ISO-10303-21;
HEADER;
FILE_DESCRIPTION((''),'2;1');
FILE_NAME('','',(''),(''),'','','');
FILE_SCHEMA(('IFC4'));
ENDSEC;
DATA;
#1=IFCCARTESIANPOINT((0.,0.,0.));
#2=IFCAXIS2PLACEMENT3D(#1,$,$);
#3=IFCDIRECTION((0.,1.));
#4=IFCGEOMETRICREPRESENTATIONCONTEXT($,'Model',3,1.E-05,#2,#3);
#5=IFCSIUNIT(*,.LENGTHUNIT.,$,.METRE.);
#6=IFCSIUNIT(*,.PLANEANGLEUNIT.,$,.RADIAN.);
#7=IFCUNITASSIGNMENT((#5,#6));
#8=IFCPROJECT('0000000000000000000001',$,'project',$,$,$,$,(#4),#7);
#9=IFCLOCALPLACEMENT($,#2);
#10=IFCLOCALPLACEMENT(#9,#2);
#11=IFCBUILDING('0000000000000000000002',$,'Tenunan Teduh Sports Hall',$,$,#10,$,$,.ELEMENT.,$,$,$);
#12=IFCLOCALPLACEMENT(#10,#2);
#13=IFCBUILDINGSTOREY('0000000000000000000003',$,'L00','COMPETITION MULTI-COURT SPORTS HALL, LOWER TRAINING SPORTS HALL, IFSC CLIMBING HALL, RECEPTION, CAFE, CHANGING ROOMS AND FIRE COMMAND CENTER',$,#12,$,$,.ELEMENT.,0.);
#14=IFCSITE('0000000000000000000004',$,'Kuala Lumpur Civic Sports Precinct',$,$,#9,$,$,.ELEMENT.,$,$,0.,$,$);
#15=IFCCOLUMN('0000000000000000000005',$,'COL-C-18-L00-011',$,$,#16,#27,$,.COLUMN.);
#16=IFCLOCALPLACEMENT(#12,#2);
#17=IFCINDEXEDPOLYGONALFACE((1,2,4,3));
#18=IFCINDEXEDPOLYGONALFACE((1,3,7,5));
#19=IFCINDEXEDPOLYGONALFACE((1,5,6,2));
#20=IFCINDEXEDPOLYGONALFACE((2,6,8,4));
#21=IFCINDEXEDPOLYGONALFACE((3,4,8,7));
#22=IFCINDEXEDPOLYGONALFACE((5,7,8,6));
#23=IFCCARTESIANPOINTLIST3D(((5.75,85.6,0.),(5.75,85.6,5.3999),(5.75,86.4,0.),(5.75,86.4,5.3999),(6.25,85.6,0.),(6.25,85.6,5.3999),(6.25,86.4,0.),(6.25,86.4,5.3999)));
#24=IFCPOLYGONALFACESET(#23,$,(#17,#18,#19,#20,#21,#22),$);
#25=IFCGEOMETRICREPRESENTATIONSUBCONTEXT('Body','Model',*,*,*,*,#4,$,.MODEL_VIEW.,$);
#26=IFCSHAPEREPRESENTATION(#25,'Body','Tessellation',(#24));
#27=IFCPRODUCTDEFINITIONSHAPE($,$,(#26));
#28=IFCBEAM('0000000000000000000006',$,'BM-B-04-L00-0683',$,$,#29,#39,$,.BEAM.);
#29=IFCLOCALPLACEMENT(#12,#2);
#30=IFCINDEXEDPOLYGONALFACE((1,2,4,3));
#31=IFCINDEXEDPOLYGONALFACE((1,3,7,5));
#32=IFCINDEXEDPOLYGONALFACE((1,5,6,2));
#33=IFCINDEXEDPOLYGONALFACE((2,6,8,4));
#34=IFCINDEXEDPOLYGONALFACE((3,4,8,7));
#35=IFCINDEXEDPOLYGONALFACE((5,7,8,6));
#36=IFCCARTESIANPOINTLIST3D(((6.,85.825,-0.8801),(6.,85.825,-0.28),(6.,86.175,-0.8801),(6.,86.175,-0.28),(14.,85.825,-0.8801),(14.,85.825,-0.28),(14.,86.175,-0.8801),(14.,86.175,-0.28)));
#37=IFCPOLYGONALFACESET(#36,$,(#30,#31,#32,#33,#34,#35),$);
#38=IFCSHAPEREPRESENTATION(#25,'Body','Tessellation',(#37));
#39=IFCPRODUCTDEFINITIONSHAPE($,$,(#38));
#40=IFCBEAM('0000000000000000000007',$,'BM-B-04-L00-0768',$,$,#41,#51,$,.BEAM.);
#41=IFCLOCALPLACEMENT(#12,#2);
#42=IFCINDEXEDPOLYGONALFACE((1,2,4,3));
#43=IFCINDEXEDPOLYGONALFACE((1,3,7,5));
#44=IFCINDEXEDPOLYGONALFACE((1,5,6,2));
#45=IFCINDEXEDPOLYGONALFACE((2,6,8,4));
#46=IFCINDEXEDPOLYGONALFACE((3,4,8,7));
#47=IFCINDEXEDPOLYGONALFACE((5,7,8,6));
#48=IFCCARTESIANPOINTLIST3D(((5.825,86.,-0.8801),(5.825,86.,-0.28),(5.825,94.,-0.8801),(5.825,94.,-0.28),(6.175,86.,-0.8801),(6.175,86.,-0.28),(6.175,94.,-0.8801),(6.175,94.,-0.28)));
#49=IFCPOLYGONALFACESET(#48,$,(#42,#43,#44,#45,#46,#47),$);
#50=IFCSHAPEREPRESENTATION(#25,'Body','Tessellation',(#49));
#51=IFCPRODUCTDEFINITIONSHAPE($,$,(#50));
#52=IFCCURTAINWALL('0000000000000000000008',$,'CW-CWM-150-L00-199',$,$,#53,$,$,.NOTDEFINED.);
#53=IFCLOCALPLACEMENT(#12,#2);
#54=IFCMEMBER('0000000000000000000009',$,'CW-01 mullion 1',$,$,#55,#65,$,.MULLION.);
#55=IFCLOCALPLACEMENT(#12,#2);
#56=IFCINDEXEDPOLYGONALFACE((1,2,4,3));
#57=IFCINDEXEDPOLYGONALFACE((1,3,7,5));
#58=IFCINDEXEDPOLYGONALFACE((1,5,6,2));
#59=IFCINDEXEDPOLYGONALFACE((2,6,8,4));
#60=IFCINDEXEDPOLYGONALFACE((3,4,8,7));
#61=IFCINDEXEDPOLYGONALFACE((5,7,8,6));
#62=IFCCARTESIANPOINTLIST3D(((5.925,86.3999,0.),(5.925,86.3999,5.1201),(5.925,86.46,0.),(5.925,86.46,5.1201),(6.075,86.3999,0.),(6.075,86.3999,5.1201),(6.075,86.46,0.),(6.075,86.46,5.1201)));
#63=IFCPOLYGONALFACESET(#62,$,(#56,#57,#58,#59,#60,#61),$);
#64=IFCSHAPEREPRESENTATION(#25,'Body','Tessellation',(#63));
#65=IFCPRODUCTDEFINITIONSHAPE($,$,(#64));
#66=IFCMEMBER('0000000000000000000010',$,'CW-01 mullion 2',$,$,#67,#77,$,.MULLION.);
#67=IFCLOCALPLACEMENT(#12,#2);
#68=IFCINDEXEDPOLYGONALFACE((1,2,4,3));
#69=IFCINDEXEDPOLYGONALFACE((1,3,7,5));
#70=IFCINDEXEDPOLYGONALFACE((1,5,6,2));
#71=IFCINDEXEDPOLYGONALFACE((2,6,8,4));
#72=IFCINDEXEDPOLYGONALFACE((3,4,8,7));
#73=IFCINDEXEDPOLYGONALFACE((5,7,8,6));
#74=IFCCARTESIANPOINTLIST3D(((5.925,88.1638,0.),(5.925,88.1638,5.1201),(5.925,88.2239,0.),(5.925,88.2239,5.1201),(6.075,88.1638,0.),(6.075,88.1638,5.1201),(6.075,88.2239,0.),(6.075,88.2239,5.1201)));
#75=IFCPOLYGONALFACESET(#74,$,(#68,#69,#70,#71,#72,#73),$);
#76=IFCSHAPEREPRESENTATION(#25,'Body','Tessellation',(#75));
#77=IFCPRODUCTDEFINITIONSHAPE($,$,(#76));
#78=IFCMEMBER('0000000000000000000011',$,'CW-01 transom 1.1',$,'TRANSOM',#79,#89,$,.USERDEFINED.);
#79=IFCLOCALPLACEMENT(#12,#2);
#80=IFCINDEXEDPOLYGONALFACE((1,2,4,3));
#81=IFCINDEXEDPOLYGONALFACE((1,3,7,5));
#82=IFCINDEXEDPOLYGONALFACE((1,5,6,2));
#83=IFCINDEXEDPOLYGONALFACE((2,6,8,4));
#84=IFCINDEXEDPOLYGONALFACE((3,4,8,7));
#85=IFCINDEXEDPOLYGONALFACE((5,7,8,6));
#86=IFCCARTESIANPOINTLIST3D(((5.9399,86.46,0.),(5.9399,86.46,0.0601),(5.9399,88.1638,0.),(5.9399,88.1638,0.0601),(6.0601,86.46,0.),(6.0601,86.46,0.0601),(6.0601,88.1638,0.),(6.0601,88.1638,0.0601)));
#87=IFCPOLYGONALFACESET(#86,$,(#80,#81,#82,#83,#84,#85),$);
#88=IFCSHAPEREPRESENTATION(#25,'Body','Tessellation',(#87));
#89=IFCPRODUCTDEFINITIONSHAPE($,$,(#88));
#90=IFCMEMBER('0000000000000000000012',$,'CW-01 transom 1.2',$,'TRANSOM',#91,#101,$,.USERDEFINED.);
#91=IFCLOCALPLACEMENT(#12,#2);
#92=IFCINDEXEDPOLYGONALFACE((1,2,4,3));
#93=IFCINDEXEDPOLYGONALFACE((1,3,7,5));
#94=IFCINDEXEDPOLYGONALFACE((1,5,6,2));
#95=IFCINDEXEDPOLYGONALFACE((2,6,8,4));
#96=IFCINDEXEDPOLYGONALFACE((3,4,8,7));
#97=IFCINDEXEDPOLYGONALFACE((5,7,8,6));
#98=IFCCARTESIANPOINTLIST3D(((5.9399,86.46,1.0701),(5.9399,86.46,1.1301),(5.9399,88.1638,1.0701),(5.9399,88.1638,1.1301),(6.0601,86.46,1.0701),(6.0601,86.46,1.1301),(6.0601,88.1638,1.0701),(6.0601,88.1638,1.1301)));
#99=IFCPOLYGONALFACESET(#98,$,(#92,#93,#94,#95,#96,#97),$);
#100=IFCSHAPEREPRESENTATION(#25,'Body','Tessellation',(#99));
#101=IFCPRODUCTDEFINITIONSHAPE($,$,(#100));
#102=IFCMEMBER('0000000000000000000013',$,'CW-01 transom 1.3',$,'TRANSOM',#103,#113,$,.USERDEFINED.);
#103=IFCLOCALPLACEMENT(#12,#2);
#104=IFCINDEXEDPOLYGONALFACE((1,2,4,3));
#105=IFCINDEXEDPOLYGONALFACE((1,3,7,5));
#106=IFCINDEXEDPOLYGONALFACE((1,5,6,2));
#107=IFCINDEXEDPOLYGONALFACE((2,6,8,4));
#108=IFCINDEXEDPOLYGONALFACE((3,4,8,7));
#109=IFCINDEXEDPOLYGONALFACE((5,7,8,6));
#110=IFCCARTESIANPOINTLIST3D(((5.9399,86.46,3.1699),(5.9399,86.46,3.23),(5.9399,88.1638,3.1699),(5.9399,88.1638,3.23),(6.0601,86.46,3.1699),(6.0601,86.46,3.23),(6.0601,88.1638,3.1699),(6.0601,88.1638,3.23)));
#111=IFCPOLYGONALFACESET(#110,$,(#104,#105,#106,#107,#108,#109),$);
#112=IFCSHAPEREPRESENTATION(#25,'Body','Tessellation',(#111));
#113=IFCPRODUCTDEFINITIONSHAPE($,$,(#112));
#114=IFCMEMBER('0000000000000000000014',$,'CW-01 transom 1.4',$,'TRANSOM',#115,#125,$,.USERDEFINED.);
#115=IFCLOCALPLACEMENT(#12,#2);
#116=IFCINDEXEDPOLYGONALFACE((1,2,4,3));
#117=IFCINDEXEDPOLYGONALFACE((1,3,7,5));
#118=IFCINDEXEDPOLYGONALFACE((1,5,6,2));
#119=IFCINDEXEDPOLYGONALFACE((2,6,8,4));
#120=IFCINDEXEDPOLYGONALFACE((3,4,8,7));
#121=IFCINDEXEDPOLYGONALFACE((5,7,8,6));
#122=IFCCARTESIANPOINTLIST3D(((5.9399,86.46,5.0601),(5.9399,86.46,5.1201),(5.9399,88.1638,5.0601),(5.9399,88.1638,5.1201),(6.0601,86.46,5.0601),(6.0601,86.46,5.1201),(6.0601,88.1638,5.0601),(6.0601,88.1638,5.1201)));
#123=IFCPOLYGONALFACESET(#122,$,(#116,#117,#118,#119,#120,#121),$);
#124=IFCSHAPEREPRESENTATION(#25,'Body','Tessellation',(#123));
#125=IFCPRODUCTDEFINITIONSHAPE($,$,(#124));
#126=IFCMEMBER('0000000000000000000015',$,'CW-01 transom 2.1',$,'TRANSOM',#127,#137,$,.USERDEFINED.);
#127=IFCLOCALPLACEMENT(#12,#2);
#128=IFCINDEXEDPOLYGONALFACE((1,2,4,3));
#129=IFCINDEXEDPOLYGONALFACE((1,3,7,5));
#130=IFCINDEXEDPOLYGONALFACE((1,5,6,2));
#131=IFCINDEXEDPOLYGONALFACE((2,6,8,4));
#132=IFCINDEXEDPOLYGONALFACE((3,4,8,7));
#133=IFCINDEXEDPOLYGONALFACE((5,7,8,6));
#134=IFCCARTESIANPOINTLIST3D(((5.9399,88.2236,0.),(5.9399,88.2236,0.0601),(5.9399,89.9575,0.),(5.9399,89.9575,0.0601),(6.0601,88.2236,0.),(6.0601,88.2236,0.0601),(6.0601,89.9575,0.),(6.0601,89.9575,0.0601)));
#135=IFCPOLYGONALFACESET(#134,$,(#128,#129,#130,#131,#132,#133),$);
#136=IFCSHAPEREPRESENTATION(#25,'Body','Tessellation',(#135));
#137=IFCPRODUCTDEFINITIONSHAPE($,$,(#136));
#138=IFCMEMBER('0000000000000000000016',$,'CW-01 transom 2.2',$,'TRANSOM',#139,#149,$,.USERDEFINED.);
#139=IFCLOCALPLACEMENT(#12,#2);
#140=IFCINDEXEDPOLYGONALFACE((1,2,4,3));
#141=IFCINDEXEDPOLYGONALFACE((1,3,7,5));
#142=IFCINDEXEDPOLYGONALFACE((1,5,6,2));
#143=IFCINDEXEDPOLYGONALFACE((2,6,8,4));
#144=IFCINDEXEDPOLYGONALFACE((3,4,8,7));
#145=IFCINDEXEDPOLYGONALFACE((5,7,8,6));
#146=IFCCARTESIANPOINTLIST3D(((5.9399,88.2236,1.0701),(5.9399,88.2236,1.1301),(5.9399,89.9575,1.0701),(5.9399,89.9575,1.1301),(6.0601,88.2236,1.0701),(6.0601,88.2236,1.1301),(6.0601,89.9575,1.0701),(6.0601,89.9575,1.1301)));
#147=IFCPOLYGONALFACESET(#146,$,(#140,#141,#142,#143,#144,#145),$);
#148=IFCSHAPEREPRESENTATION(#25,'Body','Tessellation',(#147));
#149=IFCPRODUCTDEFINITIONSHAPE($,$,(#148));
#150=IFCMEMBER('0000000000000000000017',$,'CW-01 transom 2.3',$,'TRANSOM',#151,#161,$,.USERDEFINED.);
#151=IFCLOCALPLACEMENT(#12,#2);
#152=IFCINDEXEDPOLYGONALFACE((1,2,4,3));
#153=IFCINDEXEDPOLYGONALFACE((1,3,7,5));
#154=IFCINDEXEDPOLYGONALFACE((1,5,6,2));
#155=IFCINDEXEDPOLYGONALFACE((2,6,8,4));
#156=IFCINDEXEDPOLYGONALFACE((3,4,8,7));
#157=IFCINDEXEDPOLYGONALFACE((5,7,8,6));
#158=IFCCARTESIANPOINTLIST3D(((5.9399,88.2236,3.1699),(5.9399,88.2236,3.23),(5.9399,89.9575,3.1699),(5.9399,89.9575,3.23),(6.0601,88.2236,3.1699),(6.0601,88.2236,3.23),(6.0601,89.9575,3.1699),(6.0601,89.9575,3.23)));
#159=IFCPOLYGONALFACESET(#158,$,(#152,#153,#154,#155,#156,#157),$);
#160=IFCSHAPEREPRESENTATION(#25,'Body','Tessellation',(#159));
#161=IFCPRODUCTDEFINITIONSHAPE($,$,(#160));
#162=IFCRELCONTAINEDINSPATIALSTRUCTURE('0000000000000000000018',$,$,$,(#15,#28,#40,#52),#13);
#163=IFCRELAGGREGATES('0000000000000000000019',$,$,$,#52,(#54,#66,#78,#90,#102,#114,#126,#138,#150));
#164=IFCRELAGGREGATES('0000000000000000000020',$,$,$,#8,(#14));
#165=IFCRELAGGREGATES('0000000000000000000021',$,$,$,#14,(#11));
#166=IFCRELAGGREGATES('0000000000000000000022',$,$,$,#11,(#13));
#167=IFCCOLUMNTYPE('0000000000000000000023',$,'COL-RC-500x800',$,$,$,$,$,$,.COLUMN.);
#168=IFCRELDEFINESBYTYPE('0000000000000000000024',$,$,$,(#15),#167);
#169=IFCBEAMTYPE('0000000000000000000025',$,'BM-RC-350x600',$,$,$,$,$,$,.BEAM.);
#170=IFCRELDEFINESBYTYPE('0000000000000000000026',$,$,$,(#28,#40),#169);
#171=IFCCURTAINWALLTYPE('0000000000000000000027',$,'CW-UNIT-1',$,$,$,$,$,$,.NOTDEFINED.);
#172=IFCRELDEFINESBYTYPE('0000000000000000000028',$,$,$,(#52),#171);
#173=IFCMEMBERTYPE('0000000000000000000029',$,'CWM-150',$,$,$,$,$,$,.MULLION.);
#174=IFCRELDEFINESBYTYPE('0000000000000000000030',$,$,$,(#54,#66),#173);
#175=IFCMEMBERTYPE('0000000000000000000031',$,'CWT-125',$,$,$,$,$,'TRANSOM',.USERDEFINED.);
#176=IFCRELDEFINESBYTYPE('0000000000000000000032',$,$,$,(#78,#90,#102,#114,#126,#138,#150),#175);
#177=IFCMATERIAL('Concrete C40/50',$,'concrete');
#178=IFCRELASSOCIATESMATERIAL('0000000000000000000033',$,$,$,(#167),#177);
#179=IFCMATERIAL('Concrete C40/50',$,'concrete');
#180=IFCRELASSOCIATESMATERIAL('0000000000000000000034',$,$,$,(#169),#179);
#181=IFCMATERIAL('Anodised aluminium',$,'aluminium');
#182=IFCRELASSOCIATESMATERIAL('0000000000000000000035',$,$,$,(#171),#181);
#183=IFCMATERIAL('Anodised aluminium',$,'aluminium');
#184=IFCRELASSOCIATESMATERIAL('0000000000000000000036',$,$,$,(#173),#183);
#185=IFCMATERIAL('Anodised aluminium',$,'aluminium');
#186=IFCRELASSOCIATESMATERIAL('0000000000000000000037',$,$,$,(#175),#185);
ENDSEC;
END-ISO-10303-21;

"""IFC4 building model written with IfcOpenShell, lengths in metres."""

from ifc_helpers import new_model, si_unit, direction, frame, origin, origin_2d, place, context, subcontext, project, spatial, rectangle, extrude, material, material_profile, profile_set, type_object, element, aggregate, save


model = new_model("IFC4")

# Units and contexts
model_context = context("Model", 3, precision=1e-05, world=origin(), true_north=direction((0.0, 1.0)))
body_context = subcontext(model_context, "Body", "Model", "MODEL_VIEW")
ifc_project = project(units=[si_unit("LENGTHUNIT", "METRE"), si_unit("PLANEANGLEUNIT", "RADIAN")], contexts=[model_context])

# Site, building, storey
site_placement = place(None, origin())
site = spatial("IfcSite", under=ifc_project, at=site_placement, Name="Kuala Lumpur Civic Sports Precinct", CompositionType="ELEMENT", RefElevation=0.0)
building_placement = place(site_placement, origin())
building = spatial("IfcBuilding", under=site, at=building_placement, Name="Tenunan Teduh Sports Hall", CompositionType="ELEMENT")
storey_placement = place(building_placement, origin())
storey = spatial("IfcBuildingStorey", under=building, at=storey_placement, Name="L00", Description="COMPETITION MULTI-COURT SPORTS HALL, LOWER TRAINING SPORTS HALL, IFSC CLIMBING HALL, RECEPTION, CAFE, CHANGING ROOMS AND FIRE COMMAND CENTER", CompositionType="ELEMENT", Elevation=0.0)

# Column
ifc_material_1 = material(Name="Concrete C40/50", Category="concrete")
ifc_material_profile_1 = material_profile(ifc_material_1, rectangle(XDim=0.5, YDim=0.8, at=origin_2d()), Name="RC 500x800")
ifc_profile_set_1 = profile_set([ifc_material_profile_1], Name="Concrete C40/50")
column_type = type_object("IfcColumnType", Name="COL-RC-500x800", PredefinedType="COLUMN", material=ifc_profile_set_1)
column_placement = place(storey_placement, frame((6.0, 86.0, 0.0), z_axis=(0.0, 0.0, 1.0), x_axis=(1.0, 0.0, 0.0)))
element("IfcColumn", 1, at=column_placement, inside=storey, type_object=column_type, Name="COL-C-18-L00-011", PredefinedType="COLUMN", context=body_context, shape_type="SweptSolid", body=[
    extrude(rectangle(XDim=0.5, YDim=0.8, at=origin_2d()), origin(), (0.0, 0.0, 1.0), 5.3999),
])

# Beams
ifc_material_2 = material(Name="Concrete C40/50", Category="concrete")
ifc_material_profile_2 = material_profile(ifc_material_2, rectangle(XDim=0.3501, YDim=0.6001, at=origin_2d()), Name="RCB 350x600")
ifc_profile_set_2 = profile_set([ifc_material_profile_2], Name="Concrete C40/50")
beam_type = type_object("IfcBeamType", Name="BM-RC-350x600", PredefinedType="BEAM", material=ifc_profile_set_2)
for number, where, z_axis, x_axis, name in (
    (2, (6.0, 86.0, -0.5801), (1.0, 0.0, 0.0), (0.0, 1.0, 0.0), "BM-B-04-L00-0683"),
    (3, (6.0, 86.0, -0.5801), (0.0, 1.0, 0.0), (-1.0, 0.0, 0.0), "BM-B-04-L00-0768"),
):
    element("IfcBeam", number, at=place(storey_placement, frame(where, z_axis=z_axis, x_axis=x_axis)), inside=storey, type_object=beam_type, Name=name, PredefinedType="BEAM", context=body_context, shape_type="SweptSolid", body=[
        extrude(rectangle(XDim=0.3501, YDim=0.6001, at=origin_2d()), origin(), (0.0, 0.0, 1.0), 8.0),
    ])

# Curtain wall, members
ifc_material_3 = material(Name="Anodised aluminium", Category="aluminium")
curtain_wall_type = type_object("IfcCurtainWallType", Name="CW-UNIT-1", PredefinedType="NOTDEFINED", material=ifc_material_3)
curtain_wall_placement = place(storey_placement, origin())
curtain_wall = element("IfcCurtainWall", 4, at=curtain_wall_placement, inside=storey, type_object=curtain_wall_type, Name="CW-CWM-150-L00-199", PredefinedType="NOTDEFINED")
ifc_material_4 = material(Name="Anodised aluminium", Category="aluminium")
ifc_material_profile_3 = material_profile(ifc_material_4, rectangle(XDim=0.0601, YDim=0.1499, at=origin_2d()), Name="CWM 60x150")
ifc_profile_set_3 = profile_set([ifc_material_profile_3], Name="Anodised aluminium")
member_type_1 = type_object("IfcMemberType", Name="CWM-150", PredefinedType="MULLION", material=ifc_profile_set_3)
member_1_placement = place(storey_placement, frame((6.0, 86.4299, 0.0), z_axis=(0.0, 0.0, 1.0), x_axis=(0.0, 1.0, 0.0)))
member_1 = element("IfcMember", 5, at=member_1_placement, type_object=member_type_1, Name="CW-01 mullion 1", PredefinedType="MULLION", context=body_context, shape_type="SweptSolid", body=[
    extrude(rectangle(XDim=0.0601, YDim=0.1499, at=origin_2d()), origin(), (0.0, 0.0, 1.0), 5.1201),
])
member_2_placement = place(storey_placement, frame((6.0, 88.1938, 0.0), z_axis=(0.0, 0.0, 1.0), x_axis=(0.0, 1.0, 0.0)))
member_2 = element("IfcMember", 6, at=member_2_placement, type_object=member_type_1, Name="CW-01 mullion 2", PredefinedType="MULLION", context=body_context, shape_type="SweptSolid", body=[
    extrude(rectangle(XDim=0.0601, YDim=0.1499, at=origin_2d()), origin(), (0.0, 0.0, 1.0), 5.1201),
])
ifc_material_5 = material(Name="Anodised aluminium", Category="aluminium")
ifc_material_profile_4 = material_profile(ifc_material_5, rectangle(XDim=0.0601, YDim=0.1201, at=origin_2d()), Name="CWT 60x120")
ifc_profile_set_4 = profile_set([ifc_material_profile_4], Name="Anodised aluminium")
member_type_2 = type_object("IfcMemberType", Name="CWT-125", ElementType="TRANSOM", PredefinedType="USERDEFINED", material=ifc_profile_set_4)
member_3_placement = place(storey_placement, frame((6.0, 86.46, 0.03), z_axis=(0.0, 1.0, 0.0), x_axis=(0.0, 0.0, 1.0)))
member_3 = element("IfcMember", 7, at=member_3_placement, type_object=member_type_2, Name="CW-01 transom 1.1", ObjectType="TRANSOM", PredefinedType="USERDEFINED", context=body_context, shape_type="SweptSolid", body=[
    extrude(rectangle(XDim=0.0601, YDim=0.1201, at=origin_2d()), origin(), (0.0, 0.0, 1.0), 1.7039),
])
member_4_placement = place(storey_placement, frame((6.0, 86.46, 1.1001), z_axis=(0.0, 1.0, 0.0), x_axis=(0.0, 0.0, 1.0)))
member_4 = element("IfcMember", 8, at=member_4_placement, type_object=member_type_2, Name="CW-01 transom 1.2", ObjectType="TRANSOM", PredefinedType="USERDEFINED", context=body_context, shape_type="SweptSolid", body=[
    extrude(rectangle(XDim=0.0601, YDim=0.1201, at=origin_2d()), origin(), (0.0, 0.0, 1.0), 1.7039),
])
member_5_placement = place(storey_placement, frame((6.0, 86.46, 3.2), z_axis=(0.0, 1.0, 0.0), x_axis=(0.0, 0.0, 1.0)))
member_5 = element("IfcMember", 9, at=member_5_placement, type_object=member_type_2, Name="CW-01 transom 1.3", ObjectType="TRANSOM", PredefinedType="USERDEFINED", context=body_context, shape_type="SweptSolid", body=[
    extrude(rectangle(XDim=0.0601, YDim=0.1201, at=origin_2d()), origin(), (0.0, 0.0, 1.0), 1.7039),
])
member_6_placement = place(storey_placement, frame((6.0, 86.46, 5.0901), z_axis=(0.0, 1.0, 0.0), x_axis=(0.0, 0.0, 1.0)))
member_6 = element("IfcMember", 10, at=member_6_placement, type_object=member_type_2, Name="CW-01 transom 1.4", ObjectType="TRANSOM", PredefinedType="USERDEFINED", context=body_context, shape_type="SweptSolid", body=[
    extrude(rectangle(XDim=0.0601, YDim=0.1201, at=origin_2d()), origin(), (0.0, 0.0, 1.0), 1.7039),
])
member_7_placement = place(storey_placement, frame((6.0, 88.2236, 0.03), z_axis=(0.0, 1.0, 0.0), x_axis=(0.0, 0.0, 1.0)))
member_7 = element("IfcMember", 11, at=member_7_placement, type_object=member_type_2, Name="CW-01 transom 2.1", ObjectType="TRANSOM", PredefinedType="USERDEFINED", context=body_context, shape_type="SweptSolid", body=[
    extrude(rectangle(XDim=0.0601, YDim=0.1201, at=origin_2d()), origin(), (0.0, 0.0, 1.0), 1.7339),
])
member_8_placement = place(storey_placement, frame((6.0, 88.2236, 1.1001), z_axis=(0.0, 1.0, 0.0), x_axis=(0.0, 0.0, 1.0)))
member_8 = element("IfcMember", 12, at=member_8_placement, type_object=member_type_2, Name="CW-01 transom 2.2", ObjectType="TRANSOM", PredefinedType="USERDEFINED", context=body_context, shape_type="SweptSolid", body=[
    extrude(rectangle(XDim=0.0601, YDim=0.1201, at=origin_2d()), origin(), (0.0, 0.0, 1.0), 1.7339),
])
member_9_placement = place(storey_placement, frame((6.0, 88.2236, 3.2), z_axis=(0.0, 1.0, 0.0), x_axis=(0.0, 0.0, 1.0)))
member_9 = element("IfcMember", 13, at=member_9_placement, type_object=member_type_2, Name="CW-01 transom 2.3", ObjectType="TRANSOM", PredefinedType="USERDEFINED", context=body_context, shape_type="SweptSolid", body=[
    extrude(rectangle(XDim=0.0601, YDim=0.1201, at=origin_2d()), origin(), (0.0, 0.0, 1.0), 1.7339),
])

aggregate(curtain_wall, [member_1, member_2, member_3, member_4, member_5, member_6, member_7, member_8, member_9])

save(model, "model.ifc")
